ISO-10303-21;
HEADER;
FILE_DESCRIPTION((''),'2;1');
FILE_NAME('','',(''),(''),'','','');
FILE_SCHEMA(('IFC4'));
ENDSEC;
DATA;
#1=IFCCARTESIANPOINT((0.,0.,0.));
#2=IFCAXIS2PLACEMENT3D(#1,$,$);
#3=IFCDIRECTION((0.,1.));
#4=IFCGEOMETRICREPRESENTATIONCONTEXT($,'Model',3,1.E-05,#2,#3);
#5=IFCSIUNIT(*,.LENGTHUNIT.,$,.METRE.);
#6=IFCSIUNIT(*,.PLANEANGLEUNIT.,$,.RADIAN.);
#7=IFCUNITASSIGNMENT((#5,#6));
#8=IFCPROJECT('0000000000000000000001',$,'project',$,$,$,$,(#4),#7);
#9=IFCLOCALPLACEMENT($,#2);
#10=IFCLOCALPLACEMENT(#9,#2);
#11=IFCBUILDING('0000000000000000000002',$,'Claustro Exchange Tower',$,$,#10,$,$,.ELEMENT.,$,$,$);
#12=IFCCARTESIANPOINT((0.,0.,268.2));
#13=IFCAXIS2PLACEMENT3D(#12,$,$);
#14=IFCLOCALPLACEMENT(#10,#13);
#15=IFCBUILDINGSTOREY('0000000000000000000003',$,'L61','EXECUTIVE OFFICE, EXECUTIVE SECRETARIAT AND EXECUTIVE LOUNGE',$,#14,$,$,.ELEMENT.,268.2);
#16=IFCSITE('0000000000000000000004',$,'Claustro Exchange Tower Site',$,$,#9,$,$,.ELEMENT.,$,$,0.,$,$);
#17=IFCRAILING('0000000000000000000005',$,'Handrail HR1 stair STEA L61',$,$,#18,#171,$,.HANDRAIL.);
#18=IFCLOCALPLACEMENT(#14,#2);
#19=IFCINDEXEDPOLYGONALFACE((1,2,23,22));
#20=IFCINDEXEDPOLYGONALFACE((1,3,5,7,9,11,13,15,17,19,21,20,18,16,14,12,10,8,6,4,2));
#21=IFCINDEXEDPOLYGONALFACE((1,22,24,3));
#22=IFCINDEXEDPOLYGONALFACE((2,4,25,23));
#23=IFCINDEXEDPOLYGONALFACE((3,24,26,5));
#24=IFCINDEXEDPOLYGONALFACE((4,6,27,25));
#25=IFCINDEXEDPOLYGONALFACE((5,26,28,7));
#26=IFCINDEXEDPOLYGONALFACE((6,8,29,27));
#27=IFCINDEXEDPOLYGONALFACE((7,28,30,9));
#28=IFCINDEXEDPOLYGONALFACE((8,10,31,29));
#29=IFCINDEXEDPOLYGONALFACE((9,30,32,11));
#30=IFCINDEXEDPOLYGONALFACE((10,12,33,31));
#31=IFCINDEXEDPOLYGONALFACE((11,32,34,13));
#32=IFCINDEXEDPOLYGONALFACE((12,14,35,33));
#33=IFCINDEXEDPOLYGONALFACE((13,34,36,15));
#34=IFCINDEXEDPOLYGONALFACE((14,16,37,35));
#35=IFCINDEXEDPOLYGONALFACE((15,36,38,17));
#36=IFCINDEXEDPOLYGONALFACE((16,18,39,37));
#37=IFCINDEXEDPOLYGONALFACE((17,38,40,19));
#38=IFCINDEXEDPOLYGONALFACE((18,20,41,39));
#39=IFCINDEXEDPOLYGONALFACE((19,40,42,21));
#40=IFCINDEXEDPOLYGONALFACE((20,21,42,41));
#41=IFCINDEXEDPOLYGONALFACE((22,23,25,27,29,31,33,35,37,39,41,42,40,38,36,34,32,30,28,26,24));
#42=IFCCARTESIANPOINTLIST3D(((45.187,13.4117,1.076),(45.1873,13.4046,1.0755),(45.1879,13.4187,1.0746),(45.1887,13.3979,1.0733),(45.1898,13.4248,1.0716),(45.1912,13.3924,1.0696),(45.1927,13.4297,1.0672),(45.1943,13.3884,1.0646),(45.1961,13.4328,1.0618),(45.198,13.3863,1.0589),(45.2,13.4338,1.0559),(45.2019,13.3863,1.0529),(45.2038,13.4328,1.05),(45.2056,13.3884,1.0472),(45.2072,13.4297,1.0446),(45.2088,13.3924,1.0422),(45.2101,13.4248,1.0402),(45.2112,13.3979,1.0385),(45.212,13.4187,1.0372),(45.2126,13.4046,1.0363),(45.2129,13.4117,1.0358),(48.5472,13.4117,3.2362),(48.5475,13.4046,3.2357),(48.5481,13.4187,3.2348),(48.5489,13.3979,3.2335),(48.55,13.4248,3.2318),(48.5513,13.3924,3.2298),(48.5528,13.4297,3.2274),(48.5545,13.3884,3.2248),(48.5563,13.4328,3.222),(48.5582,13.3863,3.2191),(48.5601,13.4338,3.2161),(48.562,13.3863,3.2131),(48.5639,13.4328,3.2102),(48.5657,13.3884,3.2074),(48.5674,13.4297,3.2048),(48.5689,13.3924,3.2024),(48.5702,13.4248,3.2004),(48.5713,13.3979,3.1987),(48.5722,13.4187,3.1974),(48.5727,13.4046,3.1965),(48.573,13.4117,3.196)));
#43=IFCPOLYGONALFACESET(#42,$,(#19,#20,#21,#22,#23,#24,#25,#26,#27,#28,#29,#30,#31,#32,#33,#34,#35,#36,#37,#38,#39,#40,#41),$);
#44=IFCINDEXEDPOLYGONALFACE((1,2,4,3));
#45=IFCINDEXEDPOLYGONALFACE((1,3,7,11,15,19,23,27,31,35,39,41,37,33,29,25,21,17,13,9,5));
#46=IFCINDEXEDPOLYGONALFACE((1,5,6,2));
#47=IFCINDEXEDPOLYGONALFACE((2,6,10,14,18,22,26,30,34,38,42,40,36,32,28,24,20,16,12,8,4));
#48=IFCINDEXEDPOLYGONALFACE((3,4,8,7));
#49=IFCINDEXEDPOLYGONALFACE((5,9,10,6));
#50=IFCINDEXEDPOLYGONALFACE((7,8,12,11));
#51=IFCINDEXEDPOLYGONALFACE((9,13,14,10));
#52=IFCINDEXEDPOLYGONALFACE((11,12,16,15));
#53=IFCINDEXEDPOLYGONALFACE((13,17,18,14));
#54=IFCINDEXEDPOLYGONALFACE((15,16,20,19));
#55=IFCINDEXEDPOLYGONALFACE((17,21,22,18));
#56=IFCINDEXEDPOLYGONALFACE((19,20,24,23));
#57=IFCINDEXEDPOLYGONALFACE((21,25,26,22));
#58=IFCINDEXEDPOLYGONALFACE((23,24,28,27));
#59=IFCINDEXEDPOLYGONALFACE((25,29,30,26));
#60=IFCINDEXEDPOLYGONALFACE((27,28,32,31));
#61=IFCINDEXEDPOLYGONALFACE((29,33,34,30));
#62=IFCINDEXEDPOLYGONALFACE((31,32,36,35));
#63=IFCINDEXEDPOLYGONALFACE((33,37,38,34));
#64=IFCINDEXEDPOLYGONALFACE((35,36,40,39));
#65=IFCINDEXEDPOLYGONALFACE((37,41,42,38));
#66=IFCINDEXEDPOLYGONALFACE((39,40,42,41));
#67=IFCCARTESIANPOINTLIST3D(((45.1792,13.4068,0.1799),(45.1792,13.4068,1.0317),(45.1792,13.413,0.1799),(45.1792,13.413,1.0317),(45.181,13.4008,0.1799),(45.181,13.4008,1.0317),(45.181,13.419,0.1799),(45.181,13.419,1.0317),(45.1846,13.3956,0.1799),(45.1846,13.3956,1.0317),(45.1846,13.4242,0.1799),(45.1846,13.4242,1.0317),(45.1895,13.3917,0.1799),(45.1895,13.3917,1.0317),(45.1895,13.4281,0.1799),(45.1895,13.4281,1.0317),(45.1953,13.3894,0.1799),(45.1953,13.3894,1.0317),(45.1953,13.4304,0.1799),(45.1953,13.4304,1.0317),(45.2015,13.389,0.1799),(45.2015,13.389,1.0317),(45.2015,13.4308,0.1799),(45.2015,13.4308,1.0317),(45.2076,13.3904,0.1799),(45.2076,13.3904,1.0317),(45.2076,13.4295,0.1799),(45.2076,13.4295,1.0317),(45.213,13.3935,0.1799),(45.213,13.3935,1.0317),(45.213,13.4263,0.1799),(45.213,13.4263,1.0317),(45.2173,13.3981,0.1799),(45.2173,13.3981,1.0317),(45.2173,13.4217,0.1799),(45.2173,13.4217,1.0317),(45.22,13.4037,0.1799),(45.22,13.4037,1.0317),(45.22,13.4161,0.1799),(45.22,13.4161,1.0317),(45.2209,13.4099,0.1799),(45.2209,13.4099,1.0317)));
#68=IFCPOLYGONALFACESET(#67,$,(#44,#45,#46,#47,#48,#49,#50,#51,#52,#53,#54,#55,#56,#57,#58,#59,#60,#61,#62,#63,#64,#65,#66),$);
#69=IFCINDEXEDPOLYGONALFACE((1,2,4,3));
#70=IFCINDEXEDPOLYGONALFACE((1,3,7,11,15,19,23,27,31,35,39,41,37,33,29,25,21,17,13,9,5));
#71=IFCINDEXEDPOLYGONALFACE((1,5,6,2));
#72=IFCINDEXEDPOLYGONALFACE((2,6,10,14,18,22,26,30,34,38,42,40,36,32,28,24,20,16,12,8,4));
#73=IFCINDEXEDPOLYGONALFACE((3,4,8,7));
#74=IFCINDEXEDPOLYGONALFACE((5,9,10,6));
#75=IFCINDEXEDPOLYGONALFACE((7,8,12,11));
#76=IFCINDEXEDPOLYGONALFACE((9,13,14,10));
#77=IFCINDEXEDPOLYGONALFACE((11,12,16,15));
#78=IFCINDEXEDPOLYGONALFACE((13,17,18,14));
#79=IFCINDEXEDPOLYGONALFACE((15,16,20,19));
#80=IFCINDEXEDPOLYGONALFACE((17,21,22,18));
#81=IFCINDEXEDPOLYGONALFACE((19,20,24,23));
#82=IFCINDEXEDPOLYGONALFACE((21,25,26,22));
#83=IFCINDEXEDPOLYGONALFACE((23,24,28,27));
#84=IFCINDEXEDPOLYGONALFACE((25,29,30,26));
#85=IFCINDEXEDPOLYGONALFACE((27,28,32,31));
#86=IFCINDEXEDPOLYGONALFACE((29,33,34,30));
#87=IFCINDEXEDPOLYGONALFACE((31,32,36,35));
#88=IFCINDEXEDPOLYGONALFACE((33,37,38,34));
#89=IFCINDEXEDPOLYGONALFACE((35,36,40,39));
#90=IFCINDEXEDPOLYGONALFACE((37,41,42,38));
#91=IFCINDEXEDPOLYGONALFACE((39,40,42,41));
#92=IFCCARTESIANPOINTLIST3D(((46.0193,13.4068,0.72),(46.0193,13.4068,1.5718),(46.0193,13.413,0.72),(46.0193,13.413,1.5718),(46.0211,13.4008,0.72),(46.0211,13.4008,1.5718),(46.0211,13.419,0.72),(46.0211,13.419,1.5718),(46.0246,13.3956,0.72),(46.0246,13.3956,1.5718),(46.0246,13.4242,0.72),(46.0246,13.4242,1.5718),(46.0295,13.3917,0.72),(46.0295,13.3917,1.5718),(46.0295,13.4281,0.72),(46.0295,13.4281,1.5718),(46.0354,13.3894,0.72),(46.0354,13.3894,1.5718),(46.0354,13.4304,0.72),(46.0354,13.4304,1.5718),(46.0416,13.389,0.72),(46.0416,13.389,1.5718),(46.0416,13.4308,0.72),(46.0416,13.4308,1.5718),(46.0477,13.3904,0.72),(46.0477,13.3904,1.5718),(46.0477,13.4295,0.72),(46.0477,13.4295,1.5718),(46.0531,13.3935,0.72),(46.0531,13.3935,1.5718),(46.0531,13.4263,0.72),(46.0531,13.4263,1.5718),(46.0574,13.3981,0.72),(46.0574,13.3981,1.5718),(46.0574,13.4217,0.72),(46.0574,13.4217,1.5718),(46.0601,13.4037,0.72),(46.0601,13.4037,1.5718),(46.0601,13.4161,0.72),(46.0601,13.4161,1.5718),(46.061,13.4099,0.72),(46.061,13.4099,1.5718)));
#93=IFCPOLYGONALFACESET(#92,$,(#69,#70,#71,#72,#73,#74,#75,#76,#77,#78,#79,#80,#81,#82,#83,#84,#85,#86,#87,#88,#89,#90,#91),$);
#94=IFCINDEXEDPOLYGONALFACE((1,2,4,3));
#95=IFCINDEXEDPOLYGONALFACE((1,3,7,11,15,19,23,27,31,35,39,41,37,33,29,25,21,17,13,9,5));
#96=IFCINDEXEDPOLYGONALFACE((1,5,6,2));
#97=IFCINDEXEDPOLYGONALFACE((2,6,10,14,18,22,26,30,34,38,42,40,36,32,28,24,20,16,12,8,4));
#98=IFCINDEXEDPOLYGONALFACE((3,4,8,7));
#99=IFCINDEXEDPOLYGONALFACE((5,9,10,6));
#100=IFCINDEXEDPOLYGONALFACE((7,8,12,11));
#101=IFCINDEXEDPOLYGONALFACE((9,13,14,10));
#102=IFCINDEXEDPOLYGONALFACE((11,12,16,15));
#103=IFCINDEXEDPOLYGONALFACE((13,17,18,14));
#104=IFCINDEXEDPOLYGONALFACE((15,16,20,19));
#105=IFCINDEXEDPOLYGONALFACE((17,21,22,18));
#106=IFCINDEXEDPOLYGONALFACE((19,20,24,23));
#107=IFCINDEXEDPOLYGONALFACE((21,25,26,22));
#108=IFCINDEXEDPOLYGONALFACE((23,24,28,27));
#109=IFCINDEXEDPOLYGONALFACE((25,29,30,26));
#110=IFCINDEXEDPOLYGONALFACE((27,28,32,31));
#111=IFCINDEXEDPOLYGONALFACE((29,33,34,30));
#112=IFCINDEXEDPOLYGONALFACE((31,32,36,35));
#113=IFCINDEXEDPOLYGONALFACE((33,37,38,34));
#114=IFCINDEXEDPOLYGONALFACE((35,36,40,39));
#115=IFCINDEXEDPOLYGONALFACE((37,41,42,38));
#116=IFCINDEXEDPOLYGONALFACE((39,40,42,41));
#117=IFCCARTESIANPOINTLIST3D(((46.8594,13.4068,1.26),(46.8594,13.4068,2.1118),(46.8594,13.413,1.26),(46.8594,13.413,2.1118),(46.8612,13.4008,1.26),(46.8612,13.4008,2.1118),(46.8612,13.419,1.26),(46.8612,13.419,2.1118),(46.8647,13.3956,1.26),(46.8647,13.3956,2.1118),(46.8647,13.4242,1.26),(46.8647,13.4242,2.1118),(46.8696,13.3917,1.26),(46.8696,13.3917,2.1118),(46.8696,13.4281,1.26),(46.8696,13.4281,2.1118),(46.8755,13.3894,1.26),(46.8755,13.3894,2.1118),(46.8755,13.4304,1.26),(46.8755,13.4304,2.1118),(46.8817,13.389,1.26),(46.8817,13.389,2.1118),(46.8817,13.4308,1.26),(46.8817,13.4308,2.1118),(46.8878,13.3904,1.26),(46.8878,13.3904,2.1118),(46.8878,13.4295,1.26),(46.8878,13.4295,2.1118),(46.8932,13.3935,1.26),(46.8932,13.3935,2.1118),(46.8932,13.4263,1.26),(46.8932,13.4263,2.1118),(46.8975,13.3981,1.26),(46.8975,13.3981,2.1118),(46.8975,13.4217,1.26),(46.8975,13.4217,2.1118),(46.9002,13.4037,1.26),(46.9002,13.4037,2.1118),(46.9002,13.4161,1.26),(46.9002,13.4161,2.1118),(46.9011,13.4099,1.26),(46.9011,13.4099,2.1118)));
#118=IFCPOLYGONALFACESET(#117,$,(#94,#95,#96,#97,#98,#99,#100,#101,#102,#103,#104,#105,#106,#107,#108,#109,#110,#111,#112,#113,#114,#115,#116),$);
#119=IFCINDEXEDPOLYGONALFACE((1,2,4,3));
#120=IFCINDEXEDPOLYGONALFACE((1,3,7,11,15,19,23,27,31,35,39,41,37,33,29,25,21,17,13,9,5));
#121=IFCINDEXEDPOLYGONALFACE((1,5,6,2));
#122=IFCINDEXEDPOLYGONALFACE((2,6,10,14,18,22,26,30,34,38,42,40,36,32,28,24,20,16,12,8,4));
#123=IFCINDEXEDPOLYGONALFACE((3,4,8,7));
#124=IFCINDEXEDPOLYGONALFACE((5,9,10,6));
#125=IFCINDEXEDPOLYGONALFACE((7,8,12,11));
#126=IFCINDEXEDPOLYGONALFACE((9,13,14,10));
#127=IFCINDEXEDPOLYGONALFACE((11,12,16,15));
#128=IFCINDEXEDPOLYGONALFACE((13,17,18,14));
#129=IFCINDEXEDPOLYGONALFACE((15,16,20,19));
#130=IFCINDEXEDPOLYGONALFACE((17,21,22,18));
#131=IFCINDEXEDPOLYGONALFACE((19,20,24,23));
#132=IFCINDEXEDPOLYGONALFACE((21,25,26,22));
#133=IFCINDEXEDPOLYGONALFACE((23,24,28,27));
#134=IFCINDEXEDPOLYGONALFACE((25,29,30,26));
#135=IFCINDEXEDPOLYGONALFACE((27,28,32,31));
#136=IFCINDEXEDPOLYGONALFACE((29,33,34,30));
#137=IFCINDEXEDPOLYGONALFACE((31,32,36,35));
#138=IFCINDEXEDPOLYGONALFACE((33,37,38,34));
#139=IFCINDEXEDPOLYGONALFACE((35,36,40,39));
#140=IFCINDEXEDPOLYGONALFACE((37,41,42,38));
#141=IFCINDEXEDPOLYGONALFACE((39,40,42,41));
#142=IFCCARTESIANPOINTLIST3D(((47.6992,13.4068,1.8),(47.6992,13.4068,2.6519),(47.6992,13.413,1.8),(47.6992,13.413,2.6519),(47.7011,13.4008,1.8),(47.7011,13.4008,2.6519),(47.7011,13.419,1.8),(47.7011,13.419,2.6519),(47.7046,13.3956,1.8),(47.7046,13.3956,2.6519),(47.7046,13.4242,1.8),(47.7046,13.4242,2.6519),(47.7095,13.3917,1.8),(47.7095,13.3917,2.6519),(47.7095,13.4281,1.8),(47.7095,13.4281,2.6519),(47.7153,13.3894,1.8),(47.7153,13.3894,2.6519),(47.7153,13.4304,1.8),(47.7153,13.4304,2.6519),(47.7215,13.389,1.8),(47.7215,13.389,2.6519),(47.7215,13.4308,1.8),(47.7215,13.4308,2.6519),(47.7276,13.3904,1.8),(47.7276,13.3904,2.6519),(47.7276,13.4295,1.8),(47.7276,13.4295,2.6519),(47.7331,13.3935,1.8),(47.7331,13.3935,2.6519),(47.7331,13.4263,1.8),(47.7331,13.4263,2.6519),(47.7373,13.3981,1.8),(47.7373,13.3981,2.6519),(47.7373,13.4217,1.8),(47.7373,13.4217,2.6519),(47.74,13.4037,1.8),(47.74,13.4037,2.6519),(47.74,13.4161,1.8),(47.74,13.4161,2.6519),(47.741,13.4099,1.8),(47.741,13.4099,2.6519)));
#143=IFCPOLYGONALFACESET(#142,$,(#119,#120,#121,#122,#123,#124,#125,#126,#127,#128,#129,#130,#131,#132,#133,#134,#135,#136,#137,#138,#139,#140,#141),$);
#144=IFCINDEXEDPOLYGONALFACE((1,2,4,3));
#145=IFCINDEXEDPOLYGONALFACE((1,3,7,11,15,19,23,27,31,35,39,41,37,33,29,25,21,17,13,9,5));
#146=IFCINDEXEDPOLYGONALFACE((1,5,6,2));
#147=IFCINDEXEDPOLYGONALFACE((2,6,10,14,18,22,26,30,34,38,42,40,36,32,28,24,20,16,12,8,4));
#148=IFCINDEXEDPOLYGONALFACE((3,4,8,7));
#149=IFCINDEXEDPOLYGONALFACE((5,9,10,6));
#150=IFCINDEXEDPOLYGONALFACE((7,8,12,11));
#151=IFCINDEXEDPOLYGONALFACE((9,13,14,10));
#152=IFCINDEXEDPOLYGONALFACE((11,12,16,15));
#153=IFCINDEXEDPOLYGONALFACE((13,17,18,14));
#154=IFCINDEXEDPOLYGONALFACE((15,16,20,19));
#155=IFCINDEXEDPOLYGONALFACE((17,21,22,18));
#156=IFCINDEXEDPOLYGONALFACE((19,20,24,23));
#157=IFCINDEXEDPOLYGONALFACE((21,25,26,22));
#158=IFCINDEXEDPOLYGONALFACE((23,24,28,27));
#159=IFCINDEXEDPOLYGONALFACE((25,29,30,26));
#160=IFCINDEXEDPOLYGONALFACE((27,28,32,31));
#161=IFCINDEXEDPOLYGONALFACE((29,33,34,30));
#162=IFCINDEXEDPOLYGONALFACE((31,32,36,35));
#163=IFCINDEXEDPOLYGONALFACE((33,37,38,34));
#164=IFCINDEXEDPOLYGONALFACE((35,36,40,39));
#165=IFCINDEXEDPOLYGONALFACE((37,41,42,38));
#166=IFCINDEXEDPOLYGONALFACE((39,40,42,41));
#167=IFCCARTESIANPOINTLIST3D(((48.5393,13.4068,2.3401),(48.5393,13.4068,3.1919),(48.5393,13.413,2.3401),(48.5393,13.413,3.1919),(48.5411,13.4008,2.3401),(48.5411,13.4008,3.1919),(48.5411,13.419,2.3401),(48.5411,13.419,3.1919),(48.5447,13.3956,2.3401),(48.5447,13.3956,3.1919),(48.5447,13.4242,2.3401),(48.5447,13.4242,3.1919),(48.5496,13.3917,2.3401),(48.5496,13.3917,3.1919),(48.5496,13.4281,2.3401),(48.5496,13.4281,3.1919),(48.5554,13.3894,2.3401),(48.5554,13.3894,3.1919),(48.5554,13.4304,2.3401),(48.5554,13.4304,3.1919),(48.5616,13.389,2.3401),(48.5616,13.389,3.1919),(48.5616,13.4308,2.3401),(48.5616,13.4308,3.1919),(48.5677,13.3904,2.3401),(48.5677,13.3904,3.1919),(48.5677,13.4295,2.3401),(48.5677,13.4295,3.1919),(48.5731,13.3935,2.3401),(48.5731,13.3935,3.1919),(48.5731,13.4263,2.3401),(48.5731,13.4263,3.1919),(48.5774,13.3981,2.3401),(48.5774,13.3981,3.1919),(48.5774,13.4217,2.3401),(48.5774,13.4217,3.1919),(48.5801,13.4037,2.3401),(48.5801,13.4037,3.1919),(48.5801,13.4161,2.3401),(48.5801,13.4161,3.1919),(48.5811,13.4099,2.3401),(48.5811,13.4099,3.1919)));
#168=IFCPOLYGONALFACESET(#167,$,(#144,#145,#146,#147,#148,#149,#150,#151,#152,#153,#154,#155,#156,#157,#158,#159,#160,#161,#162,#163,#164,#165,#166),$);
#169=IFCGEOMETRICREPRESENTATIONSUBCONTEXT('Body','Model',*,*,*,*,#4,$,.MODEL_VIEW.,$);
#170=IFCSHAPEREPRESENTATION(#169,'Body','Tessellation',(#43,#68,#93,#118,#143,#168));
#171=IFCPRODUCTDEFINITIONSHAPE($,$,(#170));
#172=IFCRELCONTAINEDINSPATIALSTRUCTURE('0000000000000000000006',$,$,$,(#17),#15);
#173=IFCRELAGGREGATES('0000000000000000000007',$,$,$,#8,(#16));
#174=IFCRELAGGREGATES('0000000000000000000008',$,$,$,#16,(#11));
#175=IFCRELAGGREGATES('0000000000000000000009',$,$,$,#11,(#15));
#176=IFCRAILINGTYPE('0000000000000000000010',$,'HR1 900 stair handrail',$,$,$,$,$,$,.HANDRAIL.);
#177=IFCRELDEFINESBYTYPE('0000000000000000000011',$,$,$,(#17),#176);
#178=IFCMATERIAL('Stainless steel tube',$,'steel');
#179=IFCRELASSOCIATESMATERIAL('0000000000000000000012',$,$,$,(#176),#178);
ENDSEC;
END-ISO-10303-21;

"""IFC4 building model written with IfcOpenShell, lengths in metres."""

from ifc_helpers import new_model, si_unit, direction, frame, origin, origin_2d, place, context, subcontext, project, spatial, circle, extrude, material, type_object, element, save


model = new_model("IFC4")

# Units and contexts
model_context = context("Model", 3, precision=1e-05, world=origin(), true_north=direction((0.0, 1.0)))
body_context = subcontext(model_context, "Body", "Model", "MODEL_VIEW")
ifc_project = project(units=[si_unit("LENGTHUNIT", "METRE"), si_unit("PLANEANGLEUNIT", "RADIAN")], contexts=[model_context])

# Site, building, storey
site_placement = place(None, origin())
site = spatial("IfcSite", under=ifc_project, at=site_placement, Name="Claustro Exchange Tower Site", CompositionType="ELEMENT", RefElevation=0.0)
building_placement = place(site_placement, origin())
building = spatial("IfcBuilding", under=site, at=building_placement, Name="Claustro Exchange Tower", CompositionType="ELEMENT")
storey_placement = place(building_placement, frame((0.0, 0.0, 268.2)))
storey = spatial("IfcBuildingStorey", under=building, at=storey_placement, Name="L61", Description="EXECUTIVE OFFICE, EXECUTIVE SECRETARIAT AND EXECUTIVE LOUNGE", CompositionType="ELEMENT", Elevation=268.2)

# Railing
ifc_material_1 = material(Name="Stainless steel tube", Category="steel")
railing_type = type_object("IfcRailingType", Name="HR1 900 stair handrail", PredefinedType="HANDRAIL", material=ifc_material_1)
railing_placement = place(storey_placement, frame((45.2, 13.4099, 0.1799)))
element("IfcRailing", 1, at=railing_placement, inside=storey, type_object=railing_type, Name="Handrail HR1 stair STEA L61", PredefinedType="HANDRAIL", context=body_context, shape_type="SweptSolid", body=[
    extrude(circle(Radius=0.0239, at=origin_2d()), frame((0.0, 0.0, 0.876), z_axis=(0.841169, 0.0, 0.540773), x_axis=(0.0, 1.0, 0.0)), (0.0, 0.0, 1.0), 3.9946),
    extrude(circle(Radius=0.021, at=origin_2d()), origin(), (0.0, 0.0, 1.0), 0.8518),
    extrude(circle(Radius=0.021, at=origin_2d()), frame((0.8401, 0.0, 0.54)), (0.0, 0.0, 1.0), 0.8518),
    extrude(circle(Radius=0.021, at=origin_2d()), frame((1.6802, 0.0, 1.0801)), (0.0, 0.0, 1.0), 0.8518),
    extrude(circle(Radius=0.021, at=origin_2d()), frame((2.52, 0.0, 1.6201)), (0.0, 0.0, 1.0), 0.8518),
    extrude(circle(Radius=0.021, at=origin_2d()), frame((3.3601, 0.0, 2.1602)), (0.0, 0.0, 1.0), 0.8518),
])

save(model, "model.ifc")
